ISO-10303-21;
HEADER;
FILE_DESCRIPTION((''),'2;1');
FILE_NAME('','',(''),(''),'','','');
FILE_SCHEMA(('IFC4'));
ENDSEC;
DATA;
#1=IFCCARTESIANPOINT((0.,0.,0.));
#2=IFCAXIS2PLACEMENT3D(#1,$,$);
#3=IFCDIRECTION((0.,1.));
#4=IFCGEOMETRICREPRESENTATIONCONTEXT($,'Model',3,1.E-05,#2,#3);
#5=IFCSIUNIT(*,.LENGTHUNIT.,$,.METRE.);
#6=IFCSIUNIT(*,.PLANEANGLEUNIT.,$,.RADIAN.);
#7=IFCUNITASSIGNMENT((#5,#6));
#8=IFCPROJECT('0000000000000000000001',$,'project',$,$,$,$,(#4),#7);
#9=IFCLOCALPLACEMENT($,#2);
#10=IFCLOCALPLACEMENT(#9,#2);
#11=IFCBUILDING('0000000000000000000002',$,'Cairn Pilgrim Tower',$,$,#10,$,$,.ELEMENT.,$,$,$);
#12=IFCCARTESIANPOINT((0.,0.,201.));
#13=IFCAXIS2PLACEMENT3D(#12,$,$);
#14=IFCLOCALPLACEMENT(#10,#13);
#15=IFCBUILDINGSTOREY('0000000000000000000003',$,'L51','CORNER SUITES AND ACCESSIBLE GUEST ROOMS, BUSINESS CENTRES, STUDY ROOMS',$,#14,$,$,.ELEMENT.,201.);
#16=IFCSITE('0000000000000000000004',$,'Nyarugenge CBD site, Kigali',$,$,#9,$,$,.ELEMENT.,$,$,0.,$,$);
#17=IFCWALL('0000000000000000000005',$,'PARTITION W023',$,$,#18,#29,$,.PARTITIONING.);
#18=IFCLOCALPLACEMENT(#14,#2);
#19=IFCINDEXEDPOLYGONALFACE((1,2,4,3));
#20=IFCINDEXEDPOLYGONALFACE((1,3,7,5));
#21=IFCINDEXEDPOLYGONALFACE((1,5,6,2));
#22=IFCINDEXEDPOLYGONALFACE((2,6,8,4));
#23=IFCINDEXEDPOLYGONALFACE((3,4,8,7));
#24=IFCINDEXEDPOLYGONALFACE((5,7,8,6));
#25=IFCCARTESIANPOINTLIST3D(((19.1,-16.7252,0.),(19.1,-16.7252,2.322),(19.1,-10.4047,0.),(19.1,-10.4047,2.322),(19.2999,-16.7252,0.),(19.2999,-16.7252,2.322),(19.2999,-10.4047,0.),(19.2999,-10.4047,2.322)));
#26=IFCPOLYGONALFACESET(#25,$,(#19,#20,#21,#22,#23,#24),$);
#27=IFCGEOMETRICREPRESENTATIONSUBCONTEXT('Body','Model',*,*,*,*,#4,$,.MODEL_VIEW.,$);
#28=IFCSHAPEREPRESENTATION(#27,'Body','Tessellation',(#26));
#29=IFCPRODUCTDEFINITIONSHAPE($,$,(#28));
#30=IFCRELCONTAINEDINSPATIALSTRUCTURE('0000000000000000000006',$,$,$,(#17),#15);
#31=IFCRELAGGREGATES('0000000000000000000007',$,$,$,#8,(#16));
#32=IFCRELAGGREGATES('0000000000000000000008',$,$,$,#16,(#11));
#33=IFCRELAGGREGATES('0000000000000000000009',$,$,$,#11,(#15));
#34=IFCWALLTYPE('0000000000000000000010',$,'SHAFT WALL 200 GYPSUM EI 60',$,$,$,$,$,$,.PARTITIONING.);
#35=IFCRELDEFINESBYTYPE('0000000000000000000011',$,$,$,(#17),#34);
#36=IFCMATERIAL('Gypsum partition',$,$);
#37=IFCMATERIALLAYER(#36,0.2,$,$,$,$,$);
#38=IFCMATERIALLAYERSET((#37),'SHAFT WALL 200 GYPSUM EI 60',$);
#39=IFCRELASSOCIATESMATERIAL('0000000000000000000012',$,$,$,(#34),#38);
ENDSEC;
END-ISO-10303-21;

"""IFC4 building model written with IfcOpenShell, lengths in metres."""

from ifc_helpers import new_model, si_unit, direction, frame, frame_2d, origin, place, context, subcontext, project, spatial, rectangle, extrude, material, layer, layer_set, type_object, element, save


model = new_model("IFC4")

# Units and contexts
model_context = context("Model", 3, precision=1e-05, world=origin(), true_north=direction((0.0, 1.0)))
body_context = subcontext(model_context, "Body", "Model", "MODEL_VIEW")
ifc_project = project(units=[si_unit("LENGTHUNIT", "METRE"), si_unit("PLANEANGLEUNIT", "RADIAN")], contexts=[model_context])

# Site, building, storey
site_placement = place(None, origin())
site = spatial("IfcSite", under=ifc_project, at=site_placement, Name="Nyarugenge CBD site, Kigali", CompositionType="ELEMENT", RefElevation=0.0)
building_placement = place(site_placement, origin())
building = spatial("IfcBuilding", under=site, at=building_placement, Name="Cairn Pilgrim Tower", CompositionType="ELEMENT")
storey_placement = place(building_placement, frame((0.0, 0.0, 201.0)))
storey = spatial("IfcBuildingStorey", under=building, at=storey_placement, Name="L51", Description="CORNER SUITES AND ACCESSIBLE GUEST ROOMS, BUSINESS CENTRES, STUDY ROOMS", CompositionType="ELEMENT", Elevation=201.0)

# Shared definitions
ifc_material_1 = material(Name="Gypsum partition")

# Wall
ifc_layer_1 = layer(ifc_material_1, 0.2)
ifc_layer_set_1 = layer_set([ifc_layer_1], Name="SHAFT WALL 200 GYPSUM EI 60")
wall_type_1 = type_object("IfcWallType", Name="SHAFT WALL 200 GYPSUM EI 60", PredefinedType="PARTITIONING", material=ifc_layer_set_1)
wall_1_placement = place(storey_placement, frame((19.2, -16.7251, 0.0), z_axis=(0.0, 0.0, 1.0), x_axis=(0.0, 1.0, 0.0)))
element("IfcWall", 1, at=wall_1_placement, inside=storey, type_object=wall_type_1, Name="PARTITION W023", PredefinedType="PARTITIONING", context=body_context, shape_type="SweptSolid", body=[
    extrude(rectangle(XDim=6.3206, YDim=0.2, at=frame_2d((3.1602, 0.0))), origin(), (0.0, 0.0, 1.0), 2.322),
])

save(model, "model.ifc")
